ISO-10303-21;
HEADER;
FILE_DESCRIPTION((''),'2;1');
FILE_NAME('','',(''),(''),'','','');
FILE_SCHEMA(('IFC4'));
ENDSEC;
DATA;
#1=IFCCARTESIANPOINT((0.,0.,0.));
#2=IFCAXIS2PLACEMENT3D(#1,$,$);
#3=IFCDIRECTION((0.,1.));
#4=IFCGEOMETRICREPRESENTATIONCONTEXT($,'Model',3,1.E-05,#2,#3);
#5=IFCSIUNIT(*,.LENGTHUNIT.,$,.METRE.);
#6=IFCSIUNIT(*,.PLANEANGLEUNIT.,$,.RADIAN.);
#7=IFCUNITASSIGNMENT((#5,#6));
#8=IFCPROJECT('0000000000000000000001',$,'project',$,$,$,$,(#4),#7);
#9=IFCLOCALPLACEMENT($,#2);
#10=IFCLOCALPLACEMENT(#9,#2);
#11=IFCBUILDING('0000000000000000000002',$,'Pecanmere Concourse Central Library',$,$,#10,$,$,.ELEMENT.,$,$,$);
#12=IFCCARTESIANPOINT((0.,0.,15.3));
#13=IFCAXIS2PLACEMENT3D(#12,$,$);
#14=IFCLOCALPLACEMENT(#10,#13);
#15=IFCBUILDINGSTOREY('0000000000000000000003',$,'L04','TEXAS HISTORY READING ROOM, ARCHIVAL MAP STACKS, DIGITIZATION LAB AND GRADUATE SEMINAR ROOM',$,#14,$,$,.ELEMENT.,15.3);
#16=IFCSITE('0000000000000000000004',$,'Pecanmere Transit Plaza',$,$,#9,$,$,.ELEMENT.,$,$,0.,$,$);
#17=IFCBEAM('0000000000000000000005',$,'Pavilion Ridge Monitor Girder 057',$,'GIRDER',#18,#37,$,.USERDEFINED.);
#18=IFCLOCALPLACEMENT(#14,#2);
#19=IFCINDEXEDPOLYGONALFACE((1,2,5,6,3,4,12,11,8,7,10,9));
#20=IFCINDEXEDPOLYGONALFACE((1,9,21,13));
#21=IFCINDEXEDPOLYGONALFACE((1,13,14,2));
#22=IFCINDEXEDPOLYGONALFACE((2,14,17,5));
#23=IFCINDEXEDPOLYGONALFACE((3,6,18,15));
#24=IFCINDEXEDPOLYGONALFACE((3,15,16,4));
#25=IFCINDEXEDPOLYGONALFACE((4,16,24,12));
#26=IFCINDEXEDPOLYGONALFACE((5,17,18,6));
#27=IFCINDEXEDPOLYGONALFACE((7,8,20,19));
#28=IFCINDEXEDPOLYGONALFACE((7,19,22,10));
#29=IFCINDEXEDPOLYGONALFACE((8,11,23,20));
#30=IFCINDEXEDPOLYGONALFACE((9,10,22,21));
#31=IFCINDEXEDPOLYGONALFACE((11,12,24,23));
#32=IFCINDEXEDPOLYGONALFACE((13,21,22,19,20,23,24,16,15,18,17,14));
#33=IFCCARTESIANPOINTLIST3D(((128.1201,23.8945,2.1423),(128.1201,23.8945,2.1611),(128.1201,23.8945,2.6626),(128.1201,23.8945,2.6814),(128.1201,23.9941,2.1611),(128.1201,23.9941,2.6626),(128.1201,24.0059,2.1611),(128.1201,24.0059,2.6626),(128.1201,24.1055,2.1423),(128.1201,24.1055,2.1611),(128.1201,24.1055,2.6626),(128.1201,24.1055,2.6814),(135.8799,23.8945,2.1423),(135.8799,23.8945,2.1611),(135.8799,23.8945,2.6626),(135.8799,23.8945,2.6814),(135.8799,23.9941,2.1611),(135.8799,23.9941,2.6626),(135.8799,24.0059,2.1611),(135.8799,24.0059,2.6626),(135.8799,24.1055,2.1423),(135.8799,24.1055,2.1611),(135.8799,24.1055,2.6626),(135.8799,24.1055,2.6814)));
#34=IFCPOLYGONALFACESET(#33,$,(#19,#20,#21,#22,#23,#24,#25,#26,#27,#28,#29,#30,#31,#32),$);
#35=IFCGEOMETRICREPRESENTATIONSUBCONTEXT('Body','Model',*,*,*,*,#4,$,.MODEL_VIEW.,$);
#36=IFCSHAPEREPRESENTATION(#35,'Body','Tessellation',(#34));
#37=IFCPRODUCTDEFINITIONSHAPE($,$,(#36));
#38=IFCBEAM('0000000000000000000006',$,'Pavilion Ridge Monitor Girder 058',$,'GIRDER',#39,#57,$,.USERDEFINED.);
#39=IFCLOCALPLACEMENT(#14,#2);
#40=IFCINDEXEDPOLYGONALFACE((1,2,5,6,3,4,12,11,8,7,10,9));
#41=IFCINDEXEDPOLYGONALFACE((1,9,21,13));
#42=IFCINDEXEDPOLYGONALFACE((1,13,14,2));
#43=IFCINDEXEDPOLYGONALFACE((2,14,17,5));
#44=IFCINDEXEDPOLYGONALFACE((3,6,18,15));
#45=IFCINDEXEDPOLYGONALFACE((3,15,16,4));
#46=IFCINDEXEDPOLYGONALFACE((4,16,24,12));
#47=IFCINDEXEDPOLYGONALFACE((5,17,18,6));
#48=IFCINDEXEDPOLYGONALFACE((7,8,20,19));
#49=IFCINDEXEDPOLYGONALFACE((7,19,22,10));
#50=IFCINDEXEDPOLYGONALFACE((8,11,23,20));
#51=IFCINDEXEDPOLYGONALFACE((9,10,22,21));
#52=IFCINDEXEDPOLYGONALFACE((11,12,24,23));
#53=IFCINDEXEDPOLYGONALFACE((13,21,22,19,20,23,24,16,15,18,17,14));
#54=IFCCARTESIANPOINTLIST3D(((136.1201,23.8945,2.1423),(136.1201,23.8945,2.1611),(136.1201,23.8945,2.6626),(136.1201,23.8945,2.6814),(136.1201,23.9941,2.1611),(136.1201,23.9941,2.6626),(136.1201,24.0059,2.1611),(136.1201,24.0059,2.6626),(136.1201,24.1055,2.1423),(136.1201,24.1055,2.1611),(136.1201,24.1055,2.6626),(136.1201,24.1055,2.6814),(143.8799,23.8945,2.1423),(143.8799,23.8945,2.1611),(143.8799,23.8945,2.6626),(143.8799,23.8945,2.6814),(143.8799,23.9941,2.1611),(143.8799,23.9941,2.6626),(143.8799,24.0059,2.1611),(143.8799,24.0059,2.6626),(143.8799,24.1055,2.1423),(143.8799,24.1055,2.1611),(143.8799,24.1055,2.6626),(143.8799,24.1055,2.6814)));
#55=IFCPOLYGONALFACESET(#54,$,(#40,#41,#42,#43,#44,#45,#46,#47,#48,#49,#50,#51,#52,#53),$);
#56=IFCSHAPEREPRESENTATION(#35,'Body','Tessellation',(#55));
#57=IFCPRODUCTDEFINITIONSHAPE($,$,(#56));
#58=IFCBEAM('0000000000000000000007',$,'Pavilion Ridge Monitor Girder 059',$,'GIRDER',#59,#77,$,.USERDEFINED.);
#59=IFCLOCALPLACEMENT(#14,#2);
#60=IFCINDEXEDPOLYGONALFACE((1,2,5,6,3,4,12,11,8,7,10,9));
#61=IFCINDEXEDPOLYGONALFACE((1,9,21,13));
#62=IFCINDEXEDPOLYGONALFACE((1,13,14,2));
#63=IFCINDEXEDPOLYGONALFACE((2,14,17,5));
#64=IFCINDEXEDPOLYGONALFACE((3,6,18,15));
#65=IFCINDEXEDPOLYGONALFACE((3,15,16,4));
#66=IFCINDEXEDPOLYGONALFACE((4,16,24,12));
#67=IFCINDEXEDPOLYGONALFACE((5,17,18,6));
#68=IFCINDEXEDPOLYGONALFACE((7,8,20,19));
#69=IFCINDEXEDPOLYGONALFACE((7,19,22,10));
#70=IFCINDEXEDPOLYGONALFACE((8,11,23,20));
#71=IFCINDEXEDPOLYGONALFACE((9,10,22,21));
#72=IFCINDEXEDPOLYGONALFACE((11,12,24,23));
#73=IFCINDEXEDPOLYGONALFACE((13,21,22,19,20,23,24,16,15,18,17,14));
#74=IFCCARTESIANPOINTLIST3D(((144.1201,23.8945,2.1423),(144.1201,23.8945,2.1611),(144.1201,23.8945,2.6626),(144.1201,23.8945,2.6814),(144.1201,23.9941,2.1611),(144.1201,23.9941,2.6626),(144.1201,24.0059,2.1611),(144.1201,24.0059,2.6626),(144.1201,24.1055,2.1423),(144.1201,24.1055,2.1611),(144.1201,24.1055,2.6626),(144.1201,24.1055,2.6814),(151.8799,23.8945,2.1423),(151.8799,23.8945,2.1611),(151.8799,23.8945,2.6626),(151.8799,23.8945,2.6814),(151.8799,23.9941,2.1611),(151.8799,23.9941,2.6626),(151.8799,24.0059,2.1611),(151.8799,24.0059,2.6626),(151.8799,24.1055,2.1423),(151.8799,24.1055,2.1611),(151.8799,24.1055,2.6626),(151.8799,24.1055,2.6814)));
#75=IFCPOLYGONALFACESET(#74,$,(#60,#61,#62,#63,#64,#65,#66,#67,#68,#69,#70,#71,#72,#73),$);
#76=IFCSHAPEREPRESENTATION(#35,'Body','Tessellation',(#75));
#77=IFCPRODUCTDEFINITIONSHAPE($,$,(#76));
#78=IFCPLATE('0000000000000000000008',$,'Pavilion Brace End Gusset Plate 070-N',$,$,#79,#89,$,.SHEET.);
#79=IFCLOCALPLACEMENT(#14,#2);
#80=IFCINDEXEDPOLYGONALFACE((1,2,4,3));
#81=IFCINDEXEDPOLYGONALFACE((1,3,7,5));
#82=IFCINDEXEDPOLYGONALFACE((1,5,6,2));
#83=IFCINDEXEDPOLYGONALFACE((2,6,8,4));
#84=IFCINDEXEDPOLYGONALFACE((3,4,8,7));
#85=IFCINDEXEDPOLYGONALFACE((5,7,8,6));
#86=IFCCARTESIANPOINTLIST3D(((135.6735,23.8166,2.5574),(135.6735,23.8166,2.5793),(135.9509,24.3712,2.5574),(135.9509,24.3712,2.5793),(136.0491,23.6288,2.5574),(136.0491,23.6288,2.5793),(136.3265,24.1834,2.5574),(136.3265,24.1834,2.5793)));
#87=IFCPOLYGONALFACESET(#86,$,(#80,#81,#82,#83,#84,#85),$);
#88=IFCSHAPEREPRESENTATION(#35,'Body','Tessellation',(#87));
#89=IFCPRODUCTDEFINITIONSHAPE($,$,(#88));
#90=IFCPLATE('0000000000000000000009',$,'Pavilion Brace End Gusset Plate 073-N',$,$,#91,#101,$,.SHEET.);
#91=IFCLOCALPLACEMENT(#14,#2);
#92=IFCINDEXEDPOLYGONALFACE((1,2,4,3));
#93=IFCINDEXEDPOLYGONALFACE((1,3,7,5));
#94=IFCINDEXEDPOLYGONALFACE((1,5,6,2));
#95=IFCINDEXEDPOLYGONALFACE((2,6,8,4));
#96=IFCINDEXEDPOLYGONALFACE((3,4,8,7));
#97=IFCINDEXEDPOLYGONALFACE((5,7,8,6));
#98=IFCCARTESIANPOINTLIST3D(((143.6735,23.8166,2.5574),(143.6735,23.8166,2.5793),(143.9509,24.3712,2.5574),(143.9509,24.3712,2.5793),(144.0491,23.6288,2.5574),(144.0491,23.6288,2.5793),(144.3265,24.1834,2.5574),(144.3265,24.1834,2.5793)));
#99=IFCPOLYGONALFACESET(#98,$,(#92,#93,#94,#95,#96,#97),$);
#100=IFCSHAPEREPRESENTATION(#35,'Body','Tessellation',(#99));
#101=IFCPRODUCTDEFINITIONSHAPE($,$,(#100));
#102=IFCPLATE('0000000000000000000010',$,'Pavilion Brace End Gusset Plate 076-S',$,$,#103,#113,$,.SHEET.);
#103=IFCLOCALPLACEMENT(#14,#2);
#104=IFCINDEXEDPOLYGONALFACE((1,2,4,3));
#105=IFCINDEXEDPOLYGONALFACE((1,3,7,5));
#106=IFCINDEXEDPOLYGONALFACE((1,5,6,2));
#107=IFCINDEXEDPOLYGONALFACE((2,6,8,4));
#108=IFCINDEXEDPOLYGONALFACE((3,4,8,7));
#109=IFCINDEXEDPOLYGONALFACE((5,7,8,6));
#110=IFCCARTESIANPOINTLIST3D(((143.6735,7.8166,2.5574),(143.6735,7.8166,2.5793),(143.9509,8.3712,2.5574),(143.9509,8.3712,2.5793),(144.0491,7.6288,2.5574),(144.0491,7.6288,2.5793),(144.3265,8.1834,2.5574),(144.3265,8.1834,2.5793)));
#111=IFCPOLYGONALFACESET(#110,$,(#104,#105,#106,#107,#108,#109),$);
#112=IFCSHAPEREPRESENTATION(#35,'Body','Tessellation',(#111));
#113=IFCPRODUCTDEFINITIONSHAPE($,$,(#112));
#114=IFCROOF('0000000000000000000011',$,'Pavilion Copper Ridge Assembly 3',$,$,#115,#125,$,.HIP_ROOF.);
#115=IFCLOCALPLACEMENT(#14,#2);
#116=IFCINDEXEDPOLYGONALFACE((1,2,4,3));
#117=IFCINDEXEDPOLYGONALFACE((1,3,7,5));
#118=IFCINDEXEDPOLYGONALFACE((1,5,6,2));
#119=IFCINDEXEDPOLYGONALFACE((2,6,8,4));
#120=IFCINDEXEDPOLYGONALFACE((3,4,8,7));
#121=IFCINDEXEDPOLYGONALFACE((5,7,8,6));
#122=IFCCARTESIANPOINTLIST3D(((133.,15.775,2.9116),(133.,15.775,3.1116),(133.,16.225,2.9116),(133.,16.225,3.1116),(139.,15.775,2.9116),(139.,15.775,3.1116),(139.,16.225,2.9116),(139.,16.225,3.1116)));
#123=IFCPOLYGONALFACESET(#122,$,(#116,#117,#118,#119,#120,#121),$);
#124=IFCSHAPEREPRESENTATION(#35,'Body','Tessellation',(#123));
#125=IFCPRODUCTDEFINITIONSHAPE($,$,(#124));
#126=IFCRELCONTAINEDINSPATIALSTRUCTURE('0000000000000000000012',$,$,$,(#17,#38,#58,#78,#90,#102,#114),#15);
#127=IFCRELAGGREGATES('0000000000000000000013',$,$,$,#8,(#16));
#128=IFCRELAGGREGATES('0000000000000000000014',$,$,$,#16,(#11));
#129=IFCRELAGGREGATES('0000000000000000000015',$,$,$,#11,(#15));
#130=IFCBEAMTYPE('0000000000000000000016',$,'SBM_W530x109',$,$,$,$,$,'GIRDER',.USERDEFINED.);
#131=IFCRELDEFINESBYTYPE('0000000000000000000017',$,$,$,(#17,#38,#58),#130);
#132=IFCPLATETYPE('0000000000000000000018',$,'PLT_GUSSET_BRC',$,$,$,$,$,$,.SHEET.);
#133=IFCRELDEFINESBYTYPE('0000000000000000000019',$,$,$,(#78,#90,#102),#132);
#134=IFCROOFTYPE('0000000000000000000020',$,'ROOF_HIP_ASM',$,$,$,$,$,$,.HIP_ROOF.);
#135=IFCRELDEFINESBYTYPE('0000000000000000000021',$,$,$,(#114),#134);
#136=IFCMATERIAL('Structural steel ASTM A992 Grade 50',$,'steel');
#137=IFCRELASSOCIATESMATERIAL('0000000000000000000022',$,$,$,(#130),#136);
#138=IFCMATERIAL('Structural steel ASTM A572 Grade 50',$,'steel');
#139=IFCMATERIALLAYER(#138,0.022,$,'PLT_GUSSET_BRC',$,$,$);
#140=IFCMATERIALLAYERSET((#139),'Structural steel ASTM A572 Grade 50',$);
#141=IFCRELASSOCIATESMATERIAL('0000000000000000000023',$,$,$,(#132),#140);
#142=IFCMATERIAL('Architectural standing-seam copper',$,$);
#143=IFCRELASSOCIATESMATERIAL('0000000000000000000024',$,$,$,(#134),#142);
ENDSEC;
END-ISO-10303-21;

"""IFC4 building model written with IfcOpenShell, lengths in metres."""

from ifc_helpers import new_model, si_unit, direction, frame, origin, origin_2d, place, context, subcontext, project, spatial, rectangle, i_section, extrude, material, layer, layer_set, material_profile, profile_set, type_object, element, save


model = new_model("IFC4")

# Units and contexts
model_context = context("Model", 3, precision=1e-05, world=origin(), true_north=direction((0.0, 1.0)))
body_context = subcontext(model_context, "Body", "Model", "MODEL_VIEW")
ifc_project = project(units=[si_unit("LENGTHUNIT", "METRE"), si_unit("PLANEANGLEUNIT", "RADIAN")], contexts=[model_context])

# Site, building, storey
site_placement = place(None, origin())
site = spatial("IfcSite", under=ifc_project, at=site_placement, Name="Pecanmere Transit Plaza", CompositionType="ELEMENT", RefElevation=0.0)
building_placement = place(site_placement, origin())
building = spatial("IfcBuilding", under=site, at=building_placement, Name="Pecanmere Concourse Central Library", CompositionType="ELEMENT")
storey_placement = place(building_placement, frame((0.0, 0.0, 15.3)))
storey = spatial("IfcBuildingStorey", under=building, at=storey_placement, Name="L04", Description="TEXAS HISTORY READING ROOM, ARCHIVAL MAP STACKS, DIGITIZATION LAB AND GRADUATE SEMINAR ROOM", CompositionType="ELEMENT", Elevation=15.3)

# Beams
ifc_material_1 = material(Name="Structural steel ASTM A992 Grade 50", Category="steel")
ifc_material_profile_1 = material_profile(ifc_material_1, i_section(OverallWidth=0.2109, OverallDepth=0.5391, WebThickness=0.0117, FlangeThickness=0.0188, at=origin_2d()), Name="W530x109")
ifc_profile_set_1 = profile_set([ifc_material_profile_1], Name="Structural steel ASTM A992 Grade 50")
beam_type_1 = type_object("IfcBeamType", Name="SBM_W530x109", ElementType="GIRDER", PredefinedType="USERDEFINED", material=ifc_profile_set_1)
for number, where, z_axis, x_axis, name in (
    (1, (128.1201, 24.0, 2.4119), (1.0, 0.0, 0.0), (0.0, 1.0, 0.0), "Pavilion Ridge Monitor Girder 057"),
    (2, (136.1201, 24.0, 2.4119), (1.0, 0.0, 0.0), (0.0, 1.0, 0.0), "Pavilion Ridge Monitor Girder 058"),
    (3, (144.1201, 24.0, 2.4119), (1.0, 0.0, 0.0), (0.0, 1.0, 0.0), "Pavilion Ridge Monitor Girder 059"),
):
    element("IfcBeam", number, at=place(storey_placement, frame(where, z_axis=z_axis, x_axis=x_axis)), inside=storey, type_object=beam_type_1, Name=name, ObjectType="GIRDER", PredefinedType="USERDEFINED", context=body_context, shape_type="SweptSolid", body=[
        extrude(i_section(OverallWidth=0.2109, OverallDepth=0.5391, WebThickness=0.0117, FlangeThickness=0.0188, at=origin_2d()), origin(), (0.0, 0.0, 1.0), 7.7598),
    ])

# Plates
ifc_material_2 = material(Name="Structural steel ASTM A572 Grade 50", Category="steel")
ifc_layer = layer(ifc_material_2, 0.022, Name="PLT_GUSSET_BRC")
ifc_layer_set = layer_set([ifc_layer], Name="Structural steel ASTM A572 Grade 50")
plate_type = type_object("IfcPlateType", Name="PLT_GUSSET_BRC", PredefinedType="SHEET", material=ifc_layer_set)
for number, where, z_axis, x_axis, name in (
    (4, (136.0, 24.0, 2.5574), (0.0, 0.0, 1.0), (0.447291, 0.894389, 0.0), "Pavilion Brace End Gusset Plate 070-N"),
    (5, (144.0, 24.0, 2.5574), (0.0, 0.0, 1.0), (0.447291, 0.894389, 0.0), "Pavilion Brace End Gusset Plate 073-N"),
    (6, (144.0, 8.0, 2.5574), (0.0, 0.0, 1.0), (0.447291, 0.894389, 0.0), "Pavilion Brace End Gusset Plate 076-S"),
):
    element("IfcPlate", number, at=place(storey_placement, frame(where, z_axis=z_axis, x_axis=x_axis)), inside=storey, type_object=plate_type, Name=name, PredefinedType="SHEET", context=body_context, shape_type="SweptSolid", body=[
        extrude(rectangle(XDim=0.6201, YDim=0.4199, at=origin_2d()), origin(), (0.0, 0.0, 1.0), 0.022),
    ])

# Roof
ifc_material_3 = material(Name="Architectural standing-seam copper")
roof_type = type_object("IfcRoofType", Name="ROOF_HIP_ASM", PredefinedType="HIP_ROOF", material=ifc_material_3)
roof_placement = place(storey_placement, frame((136.0, 16.0, 2.9116), z_axis=(0.0, 0.0, 1.0), x_axis=(1.0, 0.0, 0.0)))
element("IfcRoof", 7, at=roof_placement, inside=storey, type_object=roof_type, Name="Pavilion Copper Ridge Assembly 3", PredefinedType="HIP_ROOF", context=body_context, shape_type="SweptSolid", body=[
    extrude(rectangle(XDim=6.0, YDim=0.45, at=origin_2d()), origin(), (0.0, 0.0, 1.0), 0.2),
])

save(model, "model.ifc")
